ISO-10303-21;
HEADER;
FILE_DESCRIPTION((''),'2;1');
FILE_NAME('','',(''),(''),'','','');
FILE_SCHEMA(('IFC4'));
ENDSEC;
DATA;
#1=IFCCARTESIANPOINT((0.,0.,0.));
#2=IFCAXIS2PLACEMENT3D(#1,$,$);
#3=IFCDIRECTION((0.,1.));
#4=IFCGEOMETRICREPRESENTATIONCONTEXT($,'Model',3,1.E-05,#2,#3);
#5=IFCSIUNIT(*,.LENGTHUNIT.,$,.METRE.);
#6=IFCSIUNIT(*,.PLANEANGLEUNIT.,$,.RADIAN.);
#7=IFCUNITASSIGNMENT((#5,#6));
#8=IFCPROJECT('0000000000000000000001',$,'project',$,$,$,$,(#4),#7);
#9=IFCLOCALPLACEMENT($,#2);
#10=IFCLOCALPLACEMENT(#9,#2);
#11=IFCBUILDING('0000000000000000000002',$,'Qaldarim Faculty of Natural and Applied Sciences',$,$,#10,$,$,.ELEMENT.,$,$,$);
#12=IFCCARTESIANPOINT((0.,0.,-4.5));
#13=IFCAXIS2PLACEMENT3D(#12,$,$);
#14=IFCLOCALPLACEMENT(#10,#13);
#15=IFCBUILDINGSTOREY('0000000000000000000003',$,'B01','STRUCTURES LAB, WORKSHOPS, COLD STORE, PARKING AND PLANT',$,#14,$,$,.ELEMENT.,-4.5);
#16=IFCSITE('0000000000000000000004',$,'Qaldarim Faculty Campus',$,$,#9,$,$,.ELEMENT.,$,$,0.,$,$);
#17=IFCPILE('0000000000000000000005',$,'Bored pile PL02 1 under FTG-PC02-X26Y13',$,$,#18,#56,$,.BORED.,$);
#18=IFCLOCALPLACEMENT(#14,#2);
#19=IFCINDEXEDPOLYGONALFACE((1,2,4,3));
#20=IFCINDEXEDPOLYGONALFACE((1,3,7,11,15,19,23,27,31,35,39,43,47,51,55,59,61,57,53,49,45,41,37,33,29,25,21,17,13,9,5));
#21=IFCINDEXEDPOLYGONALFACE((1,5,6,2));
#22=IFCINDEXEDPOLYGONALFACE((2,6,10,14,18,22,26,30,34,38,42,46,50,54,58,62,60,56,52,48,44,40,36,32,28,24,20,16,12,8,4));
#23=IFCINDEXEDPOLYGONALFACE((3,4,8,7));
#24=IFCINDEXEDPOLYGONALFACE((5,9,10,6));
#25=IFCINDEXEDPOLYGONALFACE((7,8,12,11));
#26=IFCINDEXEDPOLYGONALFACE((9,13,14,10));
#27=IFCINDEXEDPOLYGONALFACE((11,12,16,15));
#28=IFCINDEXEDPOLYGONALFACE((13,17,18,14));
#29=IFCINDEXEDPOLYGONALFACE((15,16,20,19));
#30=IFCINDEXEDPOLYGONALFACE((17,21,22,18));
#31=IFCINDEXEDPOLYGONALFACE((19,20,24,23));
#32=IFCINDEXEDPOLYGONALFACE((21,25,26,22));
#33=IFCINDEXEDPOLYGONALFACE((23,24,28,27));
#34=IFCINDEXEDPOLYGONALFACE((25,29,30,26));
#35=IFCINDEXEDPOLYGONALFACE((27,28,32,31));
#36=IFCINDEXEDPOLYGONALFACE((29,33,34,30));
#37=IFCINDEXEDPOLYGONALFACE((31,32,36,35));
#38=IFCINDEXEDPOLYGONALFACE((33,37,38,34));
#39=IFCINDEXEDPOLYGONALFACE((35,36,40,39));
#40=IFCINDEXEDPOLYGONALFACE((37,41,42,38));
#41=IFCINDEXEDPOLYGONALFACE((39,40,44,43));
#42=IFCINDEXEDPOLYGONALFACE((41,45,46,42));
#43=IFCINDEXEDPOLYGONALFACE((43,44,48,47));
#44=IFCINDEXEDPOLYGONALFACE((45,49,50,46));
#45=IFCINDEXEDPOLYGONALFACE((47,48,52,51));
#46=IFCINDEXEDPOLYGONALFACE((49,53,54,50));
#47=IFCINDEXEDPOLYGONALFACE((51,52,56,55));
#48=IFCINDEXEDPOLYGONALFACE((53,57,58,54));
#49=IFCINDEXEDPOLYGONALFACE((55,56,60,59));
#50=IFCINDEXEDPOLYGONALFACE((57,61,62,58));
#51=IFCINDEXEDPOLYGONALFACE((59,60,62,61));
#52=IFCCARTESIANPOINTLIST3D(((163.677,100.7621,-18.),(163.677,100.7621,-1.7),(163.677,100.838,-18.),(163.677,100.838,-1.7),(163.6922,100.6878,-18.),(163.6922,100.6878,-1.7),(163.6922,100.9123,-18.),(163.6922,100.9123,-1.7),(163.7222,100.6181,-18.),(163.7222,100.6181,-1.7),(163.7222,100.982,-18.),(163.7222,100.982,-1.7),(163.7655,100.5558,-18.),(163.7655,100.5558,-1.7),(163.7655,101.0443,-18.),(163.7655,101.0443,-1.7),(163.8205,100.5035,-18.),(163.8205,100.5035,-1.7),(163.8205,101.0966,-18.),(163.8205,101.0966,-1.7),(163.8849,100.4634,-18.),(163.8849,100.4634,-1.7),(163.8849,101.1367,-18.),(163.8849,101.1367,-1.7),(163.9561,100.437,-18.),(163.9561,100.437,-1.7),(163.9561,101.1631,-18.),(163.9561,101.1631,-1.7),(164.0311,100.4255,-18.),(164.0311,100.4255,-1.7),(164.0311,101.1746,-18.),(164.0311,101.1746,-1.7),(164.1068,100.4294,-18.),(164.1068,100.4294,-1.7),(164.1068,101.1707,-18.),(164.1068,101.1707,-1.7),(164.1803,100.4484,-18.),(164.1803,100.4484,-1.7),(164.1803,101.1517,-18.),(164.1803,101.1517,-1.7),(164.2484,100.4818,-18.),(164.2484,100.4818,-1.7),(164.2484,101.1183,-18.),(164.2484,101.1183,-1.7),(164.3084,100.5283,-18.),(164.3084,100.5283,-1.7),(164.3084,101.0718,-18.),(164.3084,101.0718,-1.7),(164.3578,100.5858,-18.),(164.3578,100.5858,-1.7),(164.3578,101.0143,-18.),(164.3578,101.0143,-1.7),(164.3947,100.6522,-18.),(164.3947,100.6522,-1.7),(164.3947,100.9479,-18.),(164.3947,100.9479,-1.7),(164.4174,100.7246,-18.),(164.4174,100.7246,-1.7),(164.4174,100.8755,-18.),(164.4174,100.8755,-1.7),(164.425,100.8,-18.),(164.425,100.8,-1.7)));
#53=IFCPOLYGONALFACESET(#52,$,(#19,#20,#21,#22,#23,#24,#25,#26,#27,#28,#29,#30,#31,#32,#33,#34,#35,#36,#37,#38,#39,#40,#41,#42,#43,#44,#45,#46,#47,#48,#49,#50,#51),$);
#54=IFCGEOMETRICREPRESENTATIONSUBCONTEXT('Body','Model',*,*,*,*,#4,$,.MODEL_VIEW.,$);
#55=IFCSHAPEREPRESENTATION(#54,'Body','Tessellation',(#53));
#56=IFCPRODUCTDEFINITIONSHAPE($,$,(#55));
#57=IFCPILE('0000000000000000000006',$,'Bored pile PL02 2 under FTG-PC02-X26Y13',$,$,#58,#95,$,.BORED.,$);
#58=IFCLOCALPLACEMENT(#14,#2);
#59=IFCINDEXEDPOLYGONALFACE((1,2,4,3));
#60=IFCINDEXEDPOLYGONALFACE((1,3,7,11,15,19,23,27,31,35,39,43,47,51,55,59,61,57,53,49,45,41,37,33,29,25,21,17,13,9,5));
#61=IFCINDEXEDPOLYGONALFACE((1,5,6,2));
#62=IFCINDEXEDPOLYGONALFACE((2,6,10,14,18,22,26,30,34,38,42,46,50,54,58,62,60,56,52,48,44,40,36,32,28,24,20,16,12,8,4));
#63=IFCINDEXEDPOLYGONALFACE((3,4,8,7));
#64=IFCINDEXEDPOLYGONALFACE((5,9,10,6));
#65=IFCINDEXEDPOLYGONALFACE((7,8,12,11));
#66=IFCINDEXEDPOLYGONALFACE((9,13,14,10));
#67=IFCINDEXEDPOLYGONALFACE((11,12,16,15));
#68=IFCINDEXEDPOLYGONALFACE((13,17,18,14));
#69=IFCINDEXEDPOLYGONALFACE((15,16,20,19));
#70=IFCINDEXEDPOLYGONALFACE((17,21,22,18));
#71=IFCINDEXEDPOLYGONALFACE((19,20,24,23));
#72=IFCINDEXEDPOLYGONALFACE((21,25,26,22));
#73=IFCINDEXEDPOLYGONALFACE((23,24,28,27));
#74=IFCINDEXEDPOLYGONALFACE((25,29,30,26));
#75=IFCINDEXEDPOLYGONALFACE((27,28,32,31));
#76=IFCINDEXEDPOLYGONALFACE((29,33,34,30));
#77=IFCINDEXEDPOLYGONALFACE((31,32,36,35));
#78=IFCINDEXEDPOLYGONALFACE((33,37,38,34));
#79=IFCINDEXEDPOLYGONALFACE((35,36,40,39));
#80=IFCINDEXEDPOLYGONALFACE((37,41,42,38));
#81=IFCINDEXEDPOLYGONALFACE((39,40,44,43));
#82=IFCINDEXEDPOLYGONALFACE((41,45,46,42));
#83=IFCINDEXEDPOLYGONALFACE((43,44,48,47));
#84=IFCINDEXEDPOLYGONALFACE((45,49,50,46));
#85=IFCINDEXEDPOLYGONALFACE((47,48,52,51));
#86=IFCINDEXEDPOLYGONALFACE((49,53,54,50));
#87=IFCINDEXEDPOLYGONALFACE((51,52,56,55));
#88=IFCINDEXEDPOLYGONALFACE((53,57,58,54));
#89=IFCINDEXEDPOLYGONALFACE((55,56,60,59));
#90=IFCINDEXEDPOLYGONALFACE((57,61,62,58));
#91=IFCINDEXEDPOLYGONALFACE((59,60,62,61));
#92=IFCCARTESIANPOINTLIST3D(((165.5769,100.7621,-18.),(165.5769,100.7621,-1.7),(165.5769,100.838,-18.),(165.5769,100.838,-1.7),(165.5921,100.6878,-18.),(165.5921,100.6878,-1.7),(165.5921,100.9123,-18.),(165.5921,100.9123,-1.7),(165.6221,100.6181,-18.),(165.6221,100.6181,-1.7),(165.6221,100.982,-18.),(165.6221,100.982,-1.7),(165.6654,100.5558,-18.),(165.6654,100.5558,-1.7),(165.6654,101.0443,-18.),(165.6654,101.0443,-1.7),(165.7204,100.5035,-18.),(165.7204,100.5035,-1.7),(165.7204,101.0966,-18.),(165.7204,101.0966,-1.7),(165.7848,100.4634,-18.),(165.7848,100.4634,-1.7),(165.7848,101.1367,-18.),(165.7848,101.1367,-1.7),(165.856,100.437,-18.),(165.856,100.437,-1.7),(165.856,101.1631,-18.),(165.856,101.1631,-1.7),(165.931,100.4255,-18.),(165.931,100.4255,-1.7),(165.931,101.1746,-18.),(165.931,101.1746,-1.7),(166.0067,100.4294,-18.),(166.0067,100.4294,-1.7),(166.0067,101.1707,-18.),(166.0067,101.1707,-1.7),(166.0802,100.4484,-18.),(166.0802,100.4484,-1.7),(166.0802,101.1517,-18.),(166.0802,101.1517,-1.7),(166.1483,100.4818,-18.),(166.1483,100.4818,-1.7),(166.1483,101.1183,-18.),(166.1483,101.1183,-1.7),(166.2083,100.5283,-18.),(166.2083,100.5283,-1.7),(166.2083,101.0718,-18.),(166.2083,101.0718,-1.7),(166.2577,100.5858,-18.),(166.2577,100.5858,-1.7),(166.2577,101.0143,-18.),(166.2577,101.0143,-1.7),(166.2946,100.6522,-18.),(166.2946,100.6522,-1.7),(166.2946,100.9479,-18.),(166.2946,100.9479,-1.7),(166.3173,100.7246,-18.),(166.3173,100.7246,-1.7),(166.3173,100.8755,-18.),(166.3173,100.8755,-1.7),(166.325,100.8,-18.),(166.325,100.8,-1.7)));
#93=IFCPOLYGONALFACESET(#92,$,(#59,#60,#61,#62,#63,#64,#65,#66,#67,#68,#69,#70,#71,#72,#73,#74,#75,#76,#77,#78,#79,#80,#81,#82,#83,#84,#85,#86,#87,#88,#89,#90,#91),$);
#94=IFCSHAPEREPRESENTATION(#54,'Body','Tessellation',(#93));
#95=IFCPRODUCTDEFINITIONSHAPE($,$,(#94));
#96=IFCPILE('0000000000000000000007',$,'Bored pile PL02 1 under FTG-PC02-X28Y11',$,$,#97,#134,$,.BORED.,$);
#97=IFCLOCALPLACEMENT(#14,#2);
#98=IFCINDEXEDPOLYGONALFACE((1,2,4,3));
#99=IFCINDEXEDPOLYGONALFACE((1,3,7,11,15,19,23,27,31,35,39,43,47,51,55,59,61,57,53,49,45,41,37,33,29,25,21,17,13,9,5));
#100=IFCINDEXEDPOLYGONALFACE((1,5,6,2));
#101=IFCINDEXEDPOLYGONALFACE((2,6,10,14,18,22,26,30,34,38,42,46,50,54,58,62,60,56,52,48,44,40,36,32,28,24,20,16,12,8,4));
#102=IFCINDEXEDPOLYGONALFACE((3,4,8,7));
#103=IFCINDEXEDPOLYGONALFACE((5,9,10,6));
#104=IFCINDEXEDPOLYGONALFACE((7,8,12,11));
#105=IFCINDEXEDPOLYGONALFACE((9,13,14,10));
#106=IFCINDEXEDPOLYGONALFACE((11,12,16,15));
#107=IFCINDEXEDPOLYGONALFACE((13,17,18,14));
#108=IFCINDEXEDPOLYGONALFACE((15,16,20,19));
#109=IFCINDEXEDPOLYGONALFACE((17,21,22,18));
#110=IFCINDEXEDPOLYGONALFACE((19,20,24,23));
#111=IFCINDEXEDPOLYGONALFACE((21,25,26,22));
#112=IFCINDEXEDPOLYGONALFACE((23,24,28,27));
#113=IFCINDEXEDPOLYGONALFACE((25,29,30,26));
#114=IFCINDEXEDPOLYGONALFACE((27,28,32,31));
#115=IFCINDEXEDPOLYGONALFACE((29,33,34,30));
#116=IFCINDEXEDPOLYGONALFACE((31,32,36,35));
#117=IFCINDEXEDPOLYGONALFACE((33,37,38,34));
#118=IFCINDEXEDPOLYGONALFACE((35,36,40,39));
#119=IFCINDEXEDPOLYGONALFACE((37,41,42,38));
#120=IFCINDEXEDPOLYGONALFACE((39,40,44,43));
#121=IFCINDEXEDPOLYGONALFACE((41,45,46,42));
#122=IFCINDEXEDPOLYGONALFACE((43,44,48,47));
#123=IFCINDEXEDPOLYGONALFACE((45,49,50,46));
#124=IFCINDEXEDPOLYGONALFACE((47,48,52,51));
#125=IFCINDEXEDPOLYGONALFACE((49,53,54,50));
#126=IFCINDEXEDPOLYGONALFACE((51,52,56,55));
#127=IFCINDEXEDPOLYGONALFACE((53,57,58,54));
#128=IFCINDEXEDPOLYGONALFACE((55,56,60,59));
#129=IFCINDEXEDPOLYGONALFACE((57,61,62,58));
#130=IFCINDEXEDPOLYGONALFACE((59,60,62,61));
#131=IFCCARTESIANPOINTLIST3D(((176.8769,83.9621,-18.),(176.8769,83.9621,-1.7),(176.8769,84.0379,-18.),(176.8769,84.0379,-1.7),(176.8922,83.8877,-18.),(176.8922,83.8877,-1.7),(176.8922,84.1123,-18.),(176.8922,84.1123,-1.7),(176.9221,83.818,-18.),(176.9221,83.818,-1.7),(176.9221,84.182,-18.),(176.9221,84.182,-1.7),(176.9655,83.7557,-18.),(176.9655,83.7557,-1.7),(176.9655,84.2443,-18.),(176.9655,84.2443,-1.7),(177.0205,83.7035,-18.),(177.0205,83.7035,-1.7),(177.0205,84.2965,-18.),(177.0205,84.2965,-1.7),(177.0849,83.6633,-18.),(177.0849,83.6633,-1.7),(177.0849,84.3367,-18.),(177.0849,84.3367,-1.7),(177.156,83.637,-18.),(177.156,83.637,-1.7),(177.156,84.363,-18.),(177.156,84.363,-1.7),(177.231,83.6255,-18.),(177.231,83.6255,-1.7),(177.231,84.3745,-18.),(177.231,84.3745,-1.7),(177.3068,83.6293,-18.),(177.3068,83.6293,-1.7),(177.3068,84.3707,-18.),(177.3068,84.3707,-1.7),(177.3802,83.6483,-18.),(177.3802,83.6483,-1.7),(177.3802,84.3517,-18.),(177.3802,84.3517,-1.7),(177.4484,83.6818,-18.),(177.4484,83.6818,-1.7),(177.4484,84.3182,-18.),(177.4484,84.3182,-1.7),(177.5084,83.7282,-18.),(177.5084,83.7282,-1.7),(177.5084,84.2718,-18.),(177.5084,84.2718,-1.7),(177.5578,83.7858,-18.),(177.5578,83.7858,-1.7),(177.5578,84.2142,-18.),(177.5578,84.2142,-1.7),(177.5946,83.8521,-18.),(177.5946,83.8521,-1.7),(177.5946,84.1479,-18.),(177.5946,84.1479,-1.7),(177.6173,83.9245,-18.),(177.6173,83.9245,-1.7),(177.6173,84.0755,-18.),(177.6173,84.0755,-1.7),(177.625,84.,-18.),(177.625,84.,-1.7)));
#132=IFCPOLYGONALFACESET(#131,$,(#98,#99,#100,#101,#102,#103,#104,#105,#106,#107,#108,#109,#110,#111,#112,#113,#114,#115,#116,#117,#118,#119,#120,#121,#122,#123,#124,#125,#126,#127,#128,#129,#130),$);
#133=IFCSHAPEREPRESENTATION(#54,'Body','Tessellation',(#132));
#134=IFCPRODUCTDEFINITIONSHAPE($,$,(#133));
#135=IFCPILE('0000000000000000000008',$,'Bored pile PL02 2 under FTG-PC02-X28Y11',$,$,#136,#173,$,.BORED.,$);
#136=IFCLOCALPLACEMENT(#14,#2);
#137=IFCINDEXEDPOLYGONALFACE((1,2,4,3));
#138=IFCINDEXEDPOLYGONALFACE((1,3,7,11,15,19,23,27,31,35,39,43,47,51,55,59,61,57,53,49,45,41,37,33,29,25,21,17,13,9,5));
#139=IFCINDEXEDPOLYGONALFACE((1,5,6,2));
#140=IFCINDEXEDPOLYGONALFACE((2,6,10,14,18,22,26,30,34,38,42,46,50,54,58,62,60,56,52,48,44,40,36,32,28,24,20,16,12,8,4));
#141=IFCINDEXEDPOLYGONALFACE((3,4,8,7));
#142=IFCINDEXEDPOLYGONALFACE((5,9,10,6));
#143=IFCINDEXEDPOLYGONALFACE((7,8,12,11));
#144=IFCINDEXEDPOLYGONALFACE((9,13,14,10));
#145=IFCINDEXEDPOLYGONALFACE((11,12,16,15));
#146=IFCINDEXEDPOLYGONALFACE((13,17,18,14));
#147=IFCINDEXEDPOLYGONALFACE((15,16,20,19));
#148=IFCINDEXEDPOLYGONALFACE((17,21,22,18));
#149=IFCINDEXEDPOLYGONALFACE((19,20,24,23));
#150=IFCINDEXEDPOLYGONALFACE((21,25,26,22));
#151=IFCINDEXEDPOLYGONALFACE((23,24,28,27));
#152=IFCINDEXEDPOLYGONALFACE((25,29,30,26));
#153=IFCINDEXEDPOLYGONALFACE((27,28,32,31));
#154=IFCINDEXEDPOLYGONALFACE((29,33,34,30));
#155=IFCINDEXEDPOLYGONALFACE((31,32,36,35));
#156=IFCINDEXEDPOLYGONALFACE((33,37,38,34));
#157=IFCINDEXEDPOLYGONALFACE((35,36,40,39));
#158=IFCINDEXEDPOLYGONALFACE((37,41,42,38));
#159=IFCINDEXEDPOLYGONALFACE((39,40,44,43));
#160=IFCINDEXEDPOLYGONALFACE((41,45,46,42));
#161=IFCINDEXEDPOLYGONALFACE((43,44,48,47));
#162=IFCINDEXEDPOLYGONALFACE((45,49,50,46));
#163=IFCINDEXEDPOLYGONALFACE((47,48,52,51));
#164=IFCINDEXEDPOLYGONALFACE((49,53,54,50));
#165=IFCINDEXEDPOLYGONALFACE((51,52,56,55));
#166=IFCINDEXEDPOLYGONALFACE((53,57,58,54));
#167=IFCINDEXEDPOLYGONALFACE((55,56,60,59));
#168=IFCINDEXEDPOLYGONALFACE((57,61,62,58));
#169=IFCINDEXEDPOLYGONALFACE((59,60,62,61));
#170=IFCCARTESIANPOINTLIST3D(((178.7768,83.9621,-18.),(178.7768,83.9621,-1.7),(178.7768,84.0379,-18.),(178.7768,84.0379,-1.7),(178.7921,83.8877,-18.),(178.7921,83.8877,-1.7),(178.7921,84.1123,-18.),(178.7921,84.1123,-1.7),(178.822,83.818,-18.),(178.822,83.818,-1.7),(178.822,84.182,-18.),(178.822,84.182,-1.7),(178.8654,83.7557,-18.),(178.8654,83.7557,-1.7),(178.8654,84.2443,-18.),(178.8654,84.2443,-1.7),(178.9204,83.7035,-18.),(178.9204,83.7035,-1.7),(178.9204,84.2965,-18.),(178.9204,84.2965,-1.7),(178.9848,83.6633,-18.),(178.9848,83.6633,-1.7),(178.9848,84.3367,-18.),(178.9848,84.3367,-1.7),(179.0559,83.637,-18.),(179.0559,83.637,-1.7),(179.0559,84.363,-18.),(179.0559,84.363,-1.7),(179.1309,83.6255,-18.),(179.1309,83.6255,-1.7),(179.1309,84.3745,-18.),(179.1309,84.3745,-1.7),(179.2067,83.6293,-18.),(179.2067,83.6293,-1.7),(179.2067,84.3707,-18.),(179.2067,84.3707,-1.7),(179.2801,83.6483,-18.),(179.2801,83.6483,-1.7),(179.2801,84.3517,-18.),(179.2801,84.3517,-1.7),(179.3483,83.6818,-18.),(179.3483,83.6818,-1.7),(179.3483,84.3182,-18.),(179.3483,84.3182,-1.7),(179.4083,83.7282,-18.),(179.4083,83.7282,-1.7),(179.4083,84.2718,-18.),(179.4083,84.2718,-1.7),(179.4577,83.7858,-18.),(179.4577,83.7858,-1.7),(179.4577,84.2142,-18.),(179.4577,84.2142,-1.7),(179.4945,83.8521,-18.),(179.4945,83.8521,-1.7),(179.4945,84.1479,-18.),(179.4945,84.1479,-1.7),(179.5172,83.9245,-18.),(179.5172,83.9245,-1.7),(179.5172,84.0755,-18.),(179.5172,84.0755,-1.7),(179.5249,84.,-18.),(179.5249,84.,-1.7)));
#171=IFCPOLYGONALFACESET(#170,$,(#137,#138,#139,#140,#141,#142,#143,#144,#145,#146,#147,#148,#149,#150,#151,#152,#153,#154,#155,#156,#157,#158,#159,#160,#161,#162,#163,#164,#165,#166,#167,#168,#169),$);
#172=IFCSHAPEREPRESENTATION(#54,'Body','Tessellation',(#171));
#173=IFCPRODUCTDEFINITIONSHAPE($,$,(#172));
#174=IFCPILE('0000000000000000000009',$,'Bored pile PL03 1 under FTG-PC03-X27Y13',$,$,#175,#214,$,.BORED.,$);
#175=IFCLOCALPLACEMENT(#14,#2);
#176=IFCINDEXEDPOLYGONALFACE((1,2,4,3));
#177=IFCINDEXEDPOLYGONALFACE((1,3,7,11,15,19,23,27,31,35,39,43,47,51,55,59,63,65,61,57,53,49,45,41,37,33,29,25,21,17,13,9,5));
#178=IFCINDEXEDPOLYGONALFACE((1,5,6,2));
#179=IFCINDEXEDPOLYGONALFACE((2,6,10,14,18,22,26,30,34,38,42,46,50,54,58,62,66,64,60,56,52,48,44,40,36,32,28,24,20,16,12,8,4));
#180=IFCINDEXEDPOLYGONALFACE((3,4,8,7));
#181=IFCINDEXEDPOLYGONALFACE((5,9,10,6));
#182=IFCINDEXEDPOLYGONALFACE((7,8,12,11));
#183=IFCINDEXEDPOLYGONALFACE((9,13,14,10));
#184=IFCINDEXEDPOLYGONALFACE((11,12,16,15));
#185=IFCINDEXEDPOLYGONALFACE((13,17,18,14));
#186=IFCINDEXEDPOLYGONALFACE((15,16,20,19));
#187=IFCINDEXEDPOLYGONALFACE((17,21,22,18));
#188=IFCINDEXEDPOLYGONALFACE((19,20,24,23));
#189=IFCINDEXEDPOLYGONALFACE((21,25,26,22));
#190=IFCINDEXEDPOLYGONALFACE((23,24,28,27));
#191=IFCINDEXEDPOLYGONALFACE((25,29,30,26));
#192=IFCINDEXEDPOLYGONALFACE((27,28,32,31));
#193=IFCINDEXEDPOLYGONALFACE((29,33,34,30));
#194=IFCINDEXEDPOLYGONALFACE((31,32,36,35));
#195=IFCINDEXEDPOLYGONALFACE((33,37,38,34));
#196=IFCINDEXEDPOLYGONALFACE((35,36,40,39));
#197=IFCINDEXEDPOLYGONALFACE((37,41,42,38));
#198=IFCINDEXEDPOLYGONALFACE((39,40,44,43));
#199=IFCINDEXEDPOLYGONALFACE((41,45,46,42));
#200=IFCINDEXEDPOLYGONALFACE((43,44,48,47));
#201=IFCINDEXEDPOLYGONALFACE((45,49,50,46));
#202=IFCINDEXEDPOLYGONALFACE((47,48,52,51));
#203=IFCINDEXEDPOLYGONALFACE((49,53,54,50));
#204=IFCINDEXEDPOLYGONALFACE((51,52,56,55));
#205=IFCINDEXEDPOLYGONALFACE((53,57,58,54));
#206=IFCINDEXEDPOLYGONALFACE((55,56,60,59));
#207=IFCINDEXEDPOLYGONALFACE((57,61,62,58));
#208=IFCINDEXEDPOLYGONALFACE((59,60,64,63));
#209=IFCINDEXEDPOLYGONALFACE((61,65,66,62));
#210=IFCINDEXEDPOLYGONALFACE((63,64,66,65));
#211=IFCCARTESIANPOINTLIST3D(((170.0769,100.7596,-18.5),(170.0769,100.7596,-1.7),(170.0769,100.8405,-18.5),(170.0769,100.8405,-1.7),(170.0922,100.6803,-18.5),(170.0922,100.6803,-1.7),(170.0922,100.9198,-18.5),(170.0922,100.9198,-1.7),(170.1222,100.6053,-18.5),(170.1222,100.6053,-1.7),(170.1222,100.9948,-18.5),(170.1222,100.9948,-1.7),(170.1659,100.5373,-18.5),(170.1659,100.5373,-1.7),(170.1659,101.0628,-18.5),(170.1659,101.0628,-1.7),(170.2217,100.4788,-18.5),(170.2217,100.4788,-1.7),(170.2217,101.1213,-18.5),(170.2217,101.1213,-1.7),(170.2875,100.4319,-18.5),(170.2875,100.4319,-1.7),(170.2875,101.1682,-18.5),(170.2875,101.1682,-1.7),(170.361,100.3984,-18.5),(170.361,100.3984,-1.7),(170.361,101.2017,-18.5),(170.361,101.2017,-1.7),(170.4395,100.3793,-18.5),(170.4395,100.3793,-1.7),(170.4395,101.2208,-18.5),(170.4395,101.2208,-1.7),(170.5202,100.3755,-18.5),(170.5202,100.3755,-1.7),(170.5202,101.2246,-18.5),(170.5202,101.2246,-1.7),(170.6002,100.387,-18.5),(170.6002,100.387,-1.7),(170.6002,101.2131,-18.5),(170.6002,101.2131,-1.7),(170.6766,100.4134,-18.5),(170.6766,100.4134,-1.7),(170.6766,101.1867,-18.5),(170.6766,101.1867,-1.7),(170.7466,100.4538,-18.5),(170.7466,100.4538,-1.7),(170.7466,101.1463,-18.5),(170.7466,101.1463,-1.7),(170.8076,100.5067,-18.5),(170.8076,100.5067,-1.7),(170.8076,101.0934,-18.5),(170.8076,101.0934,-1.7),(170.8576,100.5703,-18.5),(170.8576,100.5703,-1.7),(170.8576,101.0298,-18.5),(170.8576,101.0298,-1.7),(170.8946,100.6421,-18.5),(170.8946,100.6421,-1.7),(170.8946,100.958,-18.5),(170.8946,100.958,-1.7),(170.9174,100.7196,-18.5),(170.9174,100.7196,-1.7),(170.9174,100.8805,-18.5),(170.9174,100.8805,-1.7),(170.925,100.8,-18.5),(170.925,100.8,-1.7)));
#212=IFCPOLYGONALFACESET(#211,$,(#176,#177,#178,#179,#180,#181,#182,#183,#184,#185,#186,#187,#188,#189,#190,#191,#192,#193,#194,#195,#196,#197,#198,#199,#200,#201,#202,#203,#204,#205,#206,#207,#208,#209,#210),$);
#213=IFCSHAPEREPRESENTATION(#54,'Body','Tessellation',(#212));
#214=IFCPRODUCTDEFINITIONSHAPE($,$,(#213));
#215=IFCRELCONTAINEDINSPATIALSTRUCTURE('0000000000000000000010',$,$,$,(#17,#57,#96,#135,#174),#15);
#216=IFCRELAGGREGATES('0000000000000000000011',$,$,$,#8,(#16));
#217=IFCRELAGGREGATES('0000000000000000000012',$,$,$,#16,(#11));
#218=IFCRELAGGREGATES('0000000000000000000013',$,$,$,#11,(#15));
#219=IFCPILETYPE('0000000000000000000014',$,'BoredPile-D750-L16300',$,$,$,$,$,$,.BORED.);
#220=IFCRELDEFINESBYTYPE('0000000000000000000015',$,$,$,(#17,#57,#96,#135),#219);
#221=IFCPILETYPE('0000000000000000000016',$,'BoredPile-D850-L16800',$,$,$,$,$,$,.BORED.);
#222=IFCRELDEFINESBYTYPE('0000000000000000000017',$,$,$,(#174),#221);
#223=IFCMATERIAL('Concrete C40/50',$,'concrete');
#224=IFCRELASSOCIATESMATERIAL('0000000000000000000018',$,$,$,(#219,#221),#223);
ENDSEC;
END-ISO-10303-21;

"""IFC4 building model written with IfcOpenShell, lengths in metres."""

from ifc_helpers import new_model, si_unit, direction, frame, origin, origin_2d, place, context, subcontext, project, spatial, circle, extrude, material, material_profile, profile_set, type_object, element, save


model = new_model("IFC4")

# Units and contexts
model_context = context("Model", 3, precision=1e-05, world=origin(), true_north=direction((0.0, 1.0)))
body_context = subcontext(model_context, "Body", "Model", "MODEL_VIEW")
ifc_project = project(units=[si_unit("LENGTHUNIT", "METRE"), si_unit("PLANEANGLEUNIT", "RADIAN")], contexts=[model_context])

# Site, building, storey
site_placement = place(None, origin())
site = spatial("IfcSite", under=ifc_project, at=site_placement, Name="Qaldarim Faculty Campus", CompositionType="ELEMENT", RefElevation=0.0)
building_placement = place(site_placement, origin())
building = spatial("IfcBuilding", under=site, at=building_placement, Name="Qaldarim Faculty of Natural and Applied Sciences", CompositionType="ELEMENT")
storey_placement = place(building_placement, frame((0.0, 0.0, -4.5)))
storey = spatial("IfcBuildingStorey", under=building, at=storey_placement, Name="B01", Description="STRUCTURES LAB, WORKSHOPS, COLD STORE, PARKING AND PLANT", CompositionType="ELEMENT", Elevation=-4.5)

# Piles
ifc_material_1 = material(Name="Concrete C40/50", Category="concrete")
ifc_material_profile_1 = material_profile(ifc_material_1, circle(Radius=0.375, at=origin_2d()), Name="PILE-D750")
ifc_profile_set_1 = profile_set([ifc_material_profile_1], Name="Concrete C40/50")
pile_type_1 = type_object("IfcPileType", Name="BoredPile-D750-L16300", PredefinedType="BORED", material=ifc_profile_set_1)
for number, where, z_axis, x_axis, name in (
    (1, (164.05, 100.8, -1.7), (0.0, 0.0, -1.0), (1.0, 0.0, 0.0), "Bored pile PL02 1 under FTG-PC02-X26Y13"),
    (2, (165.95, 100.8, -1.7), (0.0, 0.0, -1.0), (1.0, 0.0, 0.0), "Bored pile PL02 2 under FTG-PC02-X26Y13"),
    (3, (177.25, 84.0, -1.7), (0.0, 0.0, -1.0), (1.0, 0.0, 0.0), "Bored pile PL02 1 under FTG-PC02-X28Y11"),
    (4, (179.1499, 84.0, -1.7), (0.0, 0.0, -1.0), (1.0, 0.0, 0.0), "Bored pile PL02 2 under FTG-PC02-X28Y11"),
):
    element("IfcPile", number, at=place(storey_placement, frame(where, z_axis=z_axis, x_axis=x_axis)), inside=storey, type_object=pile_type_1, Name=name, PredefinedType="BORED", context=body_context, shape_type="SweptSolid", body=[
        extrude(circle(Radius=0.375, at=origin_2d()), origin(), (0.0, 0.0, 1.0), 16.3),
    ])
ifc_material_profile_2 = material_profile(ifc_material_1, circle(Radius=0.425, at=origin_2d()), Name="PILE-D850")
ifc_profile_set_2 = profile_set([ifc_material_profile_2], Name="Concrete C40/50")
pile_type_2 = type_object("IfcPileType", Name="BoredPile-D850-L16800", PredefinedType="BORED", material=ifc_profile_set_2)
pile_placement = place(storey_placement, frame((170.5, 100.8, -1.7), z_axis=(0.0, 0.0, -1.0), x_axis=(1.0, 0.0, 0.0)))
element("IfcPile", 5, at=pile_placement, inside=storey, type_object=pile_type_2, Name="Bored pile PL03 1 under FTG-PC03-X27Y13", PredefinedType="BORED", context=body_context, shape_type="SweptSolid", body=[
    extrude(circle(Radius=0.425, at=origin_2d()), origin(), (0.0, 0.0, 1.0), 16.8),
])

save(model, "model.ifc")
